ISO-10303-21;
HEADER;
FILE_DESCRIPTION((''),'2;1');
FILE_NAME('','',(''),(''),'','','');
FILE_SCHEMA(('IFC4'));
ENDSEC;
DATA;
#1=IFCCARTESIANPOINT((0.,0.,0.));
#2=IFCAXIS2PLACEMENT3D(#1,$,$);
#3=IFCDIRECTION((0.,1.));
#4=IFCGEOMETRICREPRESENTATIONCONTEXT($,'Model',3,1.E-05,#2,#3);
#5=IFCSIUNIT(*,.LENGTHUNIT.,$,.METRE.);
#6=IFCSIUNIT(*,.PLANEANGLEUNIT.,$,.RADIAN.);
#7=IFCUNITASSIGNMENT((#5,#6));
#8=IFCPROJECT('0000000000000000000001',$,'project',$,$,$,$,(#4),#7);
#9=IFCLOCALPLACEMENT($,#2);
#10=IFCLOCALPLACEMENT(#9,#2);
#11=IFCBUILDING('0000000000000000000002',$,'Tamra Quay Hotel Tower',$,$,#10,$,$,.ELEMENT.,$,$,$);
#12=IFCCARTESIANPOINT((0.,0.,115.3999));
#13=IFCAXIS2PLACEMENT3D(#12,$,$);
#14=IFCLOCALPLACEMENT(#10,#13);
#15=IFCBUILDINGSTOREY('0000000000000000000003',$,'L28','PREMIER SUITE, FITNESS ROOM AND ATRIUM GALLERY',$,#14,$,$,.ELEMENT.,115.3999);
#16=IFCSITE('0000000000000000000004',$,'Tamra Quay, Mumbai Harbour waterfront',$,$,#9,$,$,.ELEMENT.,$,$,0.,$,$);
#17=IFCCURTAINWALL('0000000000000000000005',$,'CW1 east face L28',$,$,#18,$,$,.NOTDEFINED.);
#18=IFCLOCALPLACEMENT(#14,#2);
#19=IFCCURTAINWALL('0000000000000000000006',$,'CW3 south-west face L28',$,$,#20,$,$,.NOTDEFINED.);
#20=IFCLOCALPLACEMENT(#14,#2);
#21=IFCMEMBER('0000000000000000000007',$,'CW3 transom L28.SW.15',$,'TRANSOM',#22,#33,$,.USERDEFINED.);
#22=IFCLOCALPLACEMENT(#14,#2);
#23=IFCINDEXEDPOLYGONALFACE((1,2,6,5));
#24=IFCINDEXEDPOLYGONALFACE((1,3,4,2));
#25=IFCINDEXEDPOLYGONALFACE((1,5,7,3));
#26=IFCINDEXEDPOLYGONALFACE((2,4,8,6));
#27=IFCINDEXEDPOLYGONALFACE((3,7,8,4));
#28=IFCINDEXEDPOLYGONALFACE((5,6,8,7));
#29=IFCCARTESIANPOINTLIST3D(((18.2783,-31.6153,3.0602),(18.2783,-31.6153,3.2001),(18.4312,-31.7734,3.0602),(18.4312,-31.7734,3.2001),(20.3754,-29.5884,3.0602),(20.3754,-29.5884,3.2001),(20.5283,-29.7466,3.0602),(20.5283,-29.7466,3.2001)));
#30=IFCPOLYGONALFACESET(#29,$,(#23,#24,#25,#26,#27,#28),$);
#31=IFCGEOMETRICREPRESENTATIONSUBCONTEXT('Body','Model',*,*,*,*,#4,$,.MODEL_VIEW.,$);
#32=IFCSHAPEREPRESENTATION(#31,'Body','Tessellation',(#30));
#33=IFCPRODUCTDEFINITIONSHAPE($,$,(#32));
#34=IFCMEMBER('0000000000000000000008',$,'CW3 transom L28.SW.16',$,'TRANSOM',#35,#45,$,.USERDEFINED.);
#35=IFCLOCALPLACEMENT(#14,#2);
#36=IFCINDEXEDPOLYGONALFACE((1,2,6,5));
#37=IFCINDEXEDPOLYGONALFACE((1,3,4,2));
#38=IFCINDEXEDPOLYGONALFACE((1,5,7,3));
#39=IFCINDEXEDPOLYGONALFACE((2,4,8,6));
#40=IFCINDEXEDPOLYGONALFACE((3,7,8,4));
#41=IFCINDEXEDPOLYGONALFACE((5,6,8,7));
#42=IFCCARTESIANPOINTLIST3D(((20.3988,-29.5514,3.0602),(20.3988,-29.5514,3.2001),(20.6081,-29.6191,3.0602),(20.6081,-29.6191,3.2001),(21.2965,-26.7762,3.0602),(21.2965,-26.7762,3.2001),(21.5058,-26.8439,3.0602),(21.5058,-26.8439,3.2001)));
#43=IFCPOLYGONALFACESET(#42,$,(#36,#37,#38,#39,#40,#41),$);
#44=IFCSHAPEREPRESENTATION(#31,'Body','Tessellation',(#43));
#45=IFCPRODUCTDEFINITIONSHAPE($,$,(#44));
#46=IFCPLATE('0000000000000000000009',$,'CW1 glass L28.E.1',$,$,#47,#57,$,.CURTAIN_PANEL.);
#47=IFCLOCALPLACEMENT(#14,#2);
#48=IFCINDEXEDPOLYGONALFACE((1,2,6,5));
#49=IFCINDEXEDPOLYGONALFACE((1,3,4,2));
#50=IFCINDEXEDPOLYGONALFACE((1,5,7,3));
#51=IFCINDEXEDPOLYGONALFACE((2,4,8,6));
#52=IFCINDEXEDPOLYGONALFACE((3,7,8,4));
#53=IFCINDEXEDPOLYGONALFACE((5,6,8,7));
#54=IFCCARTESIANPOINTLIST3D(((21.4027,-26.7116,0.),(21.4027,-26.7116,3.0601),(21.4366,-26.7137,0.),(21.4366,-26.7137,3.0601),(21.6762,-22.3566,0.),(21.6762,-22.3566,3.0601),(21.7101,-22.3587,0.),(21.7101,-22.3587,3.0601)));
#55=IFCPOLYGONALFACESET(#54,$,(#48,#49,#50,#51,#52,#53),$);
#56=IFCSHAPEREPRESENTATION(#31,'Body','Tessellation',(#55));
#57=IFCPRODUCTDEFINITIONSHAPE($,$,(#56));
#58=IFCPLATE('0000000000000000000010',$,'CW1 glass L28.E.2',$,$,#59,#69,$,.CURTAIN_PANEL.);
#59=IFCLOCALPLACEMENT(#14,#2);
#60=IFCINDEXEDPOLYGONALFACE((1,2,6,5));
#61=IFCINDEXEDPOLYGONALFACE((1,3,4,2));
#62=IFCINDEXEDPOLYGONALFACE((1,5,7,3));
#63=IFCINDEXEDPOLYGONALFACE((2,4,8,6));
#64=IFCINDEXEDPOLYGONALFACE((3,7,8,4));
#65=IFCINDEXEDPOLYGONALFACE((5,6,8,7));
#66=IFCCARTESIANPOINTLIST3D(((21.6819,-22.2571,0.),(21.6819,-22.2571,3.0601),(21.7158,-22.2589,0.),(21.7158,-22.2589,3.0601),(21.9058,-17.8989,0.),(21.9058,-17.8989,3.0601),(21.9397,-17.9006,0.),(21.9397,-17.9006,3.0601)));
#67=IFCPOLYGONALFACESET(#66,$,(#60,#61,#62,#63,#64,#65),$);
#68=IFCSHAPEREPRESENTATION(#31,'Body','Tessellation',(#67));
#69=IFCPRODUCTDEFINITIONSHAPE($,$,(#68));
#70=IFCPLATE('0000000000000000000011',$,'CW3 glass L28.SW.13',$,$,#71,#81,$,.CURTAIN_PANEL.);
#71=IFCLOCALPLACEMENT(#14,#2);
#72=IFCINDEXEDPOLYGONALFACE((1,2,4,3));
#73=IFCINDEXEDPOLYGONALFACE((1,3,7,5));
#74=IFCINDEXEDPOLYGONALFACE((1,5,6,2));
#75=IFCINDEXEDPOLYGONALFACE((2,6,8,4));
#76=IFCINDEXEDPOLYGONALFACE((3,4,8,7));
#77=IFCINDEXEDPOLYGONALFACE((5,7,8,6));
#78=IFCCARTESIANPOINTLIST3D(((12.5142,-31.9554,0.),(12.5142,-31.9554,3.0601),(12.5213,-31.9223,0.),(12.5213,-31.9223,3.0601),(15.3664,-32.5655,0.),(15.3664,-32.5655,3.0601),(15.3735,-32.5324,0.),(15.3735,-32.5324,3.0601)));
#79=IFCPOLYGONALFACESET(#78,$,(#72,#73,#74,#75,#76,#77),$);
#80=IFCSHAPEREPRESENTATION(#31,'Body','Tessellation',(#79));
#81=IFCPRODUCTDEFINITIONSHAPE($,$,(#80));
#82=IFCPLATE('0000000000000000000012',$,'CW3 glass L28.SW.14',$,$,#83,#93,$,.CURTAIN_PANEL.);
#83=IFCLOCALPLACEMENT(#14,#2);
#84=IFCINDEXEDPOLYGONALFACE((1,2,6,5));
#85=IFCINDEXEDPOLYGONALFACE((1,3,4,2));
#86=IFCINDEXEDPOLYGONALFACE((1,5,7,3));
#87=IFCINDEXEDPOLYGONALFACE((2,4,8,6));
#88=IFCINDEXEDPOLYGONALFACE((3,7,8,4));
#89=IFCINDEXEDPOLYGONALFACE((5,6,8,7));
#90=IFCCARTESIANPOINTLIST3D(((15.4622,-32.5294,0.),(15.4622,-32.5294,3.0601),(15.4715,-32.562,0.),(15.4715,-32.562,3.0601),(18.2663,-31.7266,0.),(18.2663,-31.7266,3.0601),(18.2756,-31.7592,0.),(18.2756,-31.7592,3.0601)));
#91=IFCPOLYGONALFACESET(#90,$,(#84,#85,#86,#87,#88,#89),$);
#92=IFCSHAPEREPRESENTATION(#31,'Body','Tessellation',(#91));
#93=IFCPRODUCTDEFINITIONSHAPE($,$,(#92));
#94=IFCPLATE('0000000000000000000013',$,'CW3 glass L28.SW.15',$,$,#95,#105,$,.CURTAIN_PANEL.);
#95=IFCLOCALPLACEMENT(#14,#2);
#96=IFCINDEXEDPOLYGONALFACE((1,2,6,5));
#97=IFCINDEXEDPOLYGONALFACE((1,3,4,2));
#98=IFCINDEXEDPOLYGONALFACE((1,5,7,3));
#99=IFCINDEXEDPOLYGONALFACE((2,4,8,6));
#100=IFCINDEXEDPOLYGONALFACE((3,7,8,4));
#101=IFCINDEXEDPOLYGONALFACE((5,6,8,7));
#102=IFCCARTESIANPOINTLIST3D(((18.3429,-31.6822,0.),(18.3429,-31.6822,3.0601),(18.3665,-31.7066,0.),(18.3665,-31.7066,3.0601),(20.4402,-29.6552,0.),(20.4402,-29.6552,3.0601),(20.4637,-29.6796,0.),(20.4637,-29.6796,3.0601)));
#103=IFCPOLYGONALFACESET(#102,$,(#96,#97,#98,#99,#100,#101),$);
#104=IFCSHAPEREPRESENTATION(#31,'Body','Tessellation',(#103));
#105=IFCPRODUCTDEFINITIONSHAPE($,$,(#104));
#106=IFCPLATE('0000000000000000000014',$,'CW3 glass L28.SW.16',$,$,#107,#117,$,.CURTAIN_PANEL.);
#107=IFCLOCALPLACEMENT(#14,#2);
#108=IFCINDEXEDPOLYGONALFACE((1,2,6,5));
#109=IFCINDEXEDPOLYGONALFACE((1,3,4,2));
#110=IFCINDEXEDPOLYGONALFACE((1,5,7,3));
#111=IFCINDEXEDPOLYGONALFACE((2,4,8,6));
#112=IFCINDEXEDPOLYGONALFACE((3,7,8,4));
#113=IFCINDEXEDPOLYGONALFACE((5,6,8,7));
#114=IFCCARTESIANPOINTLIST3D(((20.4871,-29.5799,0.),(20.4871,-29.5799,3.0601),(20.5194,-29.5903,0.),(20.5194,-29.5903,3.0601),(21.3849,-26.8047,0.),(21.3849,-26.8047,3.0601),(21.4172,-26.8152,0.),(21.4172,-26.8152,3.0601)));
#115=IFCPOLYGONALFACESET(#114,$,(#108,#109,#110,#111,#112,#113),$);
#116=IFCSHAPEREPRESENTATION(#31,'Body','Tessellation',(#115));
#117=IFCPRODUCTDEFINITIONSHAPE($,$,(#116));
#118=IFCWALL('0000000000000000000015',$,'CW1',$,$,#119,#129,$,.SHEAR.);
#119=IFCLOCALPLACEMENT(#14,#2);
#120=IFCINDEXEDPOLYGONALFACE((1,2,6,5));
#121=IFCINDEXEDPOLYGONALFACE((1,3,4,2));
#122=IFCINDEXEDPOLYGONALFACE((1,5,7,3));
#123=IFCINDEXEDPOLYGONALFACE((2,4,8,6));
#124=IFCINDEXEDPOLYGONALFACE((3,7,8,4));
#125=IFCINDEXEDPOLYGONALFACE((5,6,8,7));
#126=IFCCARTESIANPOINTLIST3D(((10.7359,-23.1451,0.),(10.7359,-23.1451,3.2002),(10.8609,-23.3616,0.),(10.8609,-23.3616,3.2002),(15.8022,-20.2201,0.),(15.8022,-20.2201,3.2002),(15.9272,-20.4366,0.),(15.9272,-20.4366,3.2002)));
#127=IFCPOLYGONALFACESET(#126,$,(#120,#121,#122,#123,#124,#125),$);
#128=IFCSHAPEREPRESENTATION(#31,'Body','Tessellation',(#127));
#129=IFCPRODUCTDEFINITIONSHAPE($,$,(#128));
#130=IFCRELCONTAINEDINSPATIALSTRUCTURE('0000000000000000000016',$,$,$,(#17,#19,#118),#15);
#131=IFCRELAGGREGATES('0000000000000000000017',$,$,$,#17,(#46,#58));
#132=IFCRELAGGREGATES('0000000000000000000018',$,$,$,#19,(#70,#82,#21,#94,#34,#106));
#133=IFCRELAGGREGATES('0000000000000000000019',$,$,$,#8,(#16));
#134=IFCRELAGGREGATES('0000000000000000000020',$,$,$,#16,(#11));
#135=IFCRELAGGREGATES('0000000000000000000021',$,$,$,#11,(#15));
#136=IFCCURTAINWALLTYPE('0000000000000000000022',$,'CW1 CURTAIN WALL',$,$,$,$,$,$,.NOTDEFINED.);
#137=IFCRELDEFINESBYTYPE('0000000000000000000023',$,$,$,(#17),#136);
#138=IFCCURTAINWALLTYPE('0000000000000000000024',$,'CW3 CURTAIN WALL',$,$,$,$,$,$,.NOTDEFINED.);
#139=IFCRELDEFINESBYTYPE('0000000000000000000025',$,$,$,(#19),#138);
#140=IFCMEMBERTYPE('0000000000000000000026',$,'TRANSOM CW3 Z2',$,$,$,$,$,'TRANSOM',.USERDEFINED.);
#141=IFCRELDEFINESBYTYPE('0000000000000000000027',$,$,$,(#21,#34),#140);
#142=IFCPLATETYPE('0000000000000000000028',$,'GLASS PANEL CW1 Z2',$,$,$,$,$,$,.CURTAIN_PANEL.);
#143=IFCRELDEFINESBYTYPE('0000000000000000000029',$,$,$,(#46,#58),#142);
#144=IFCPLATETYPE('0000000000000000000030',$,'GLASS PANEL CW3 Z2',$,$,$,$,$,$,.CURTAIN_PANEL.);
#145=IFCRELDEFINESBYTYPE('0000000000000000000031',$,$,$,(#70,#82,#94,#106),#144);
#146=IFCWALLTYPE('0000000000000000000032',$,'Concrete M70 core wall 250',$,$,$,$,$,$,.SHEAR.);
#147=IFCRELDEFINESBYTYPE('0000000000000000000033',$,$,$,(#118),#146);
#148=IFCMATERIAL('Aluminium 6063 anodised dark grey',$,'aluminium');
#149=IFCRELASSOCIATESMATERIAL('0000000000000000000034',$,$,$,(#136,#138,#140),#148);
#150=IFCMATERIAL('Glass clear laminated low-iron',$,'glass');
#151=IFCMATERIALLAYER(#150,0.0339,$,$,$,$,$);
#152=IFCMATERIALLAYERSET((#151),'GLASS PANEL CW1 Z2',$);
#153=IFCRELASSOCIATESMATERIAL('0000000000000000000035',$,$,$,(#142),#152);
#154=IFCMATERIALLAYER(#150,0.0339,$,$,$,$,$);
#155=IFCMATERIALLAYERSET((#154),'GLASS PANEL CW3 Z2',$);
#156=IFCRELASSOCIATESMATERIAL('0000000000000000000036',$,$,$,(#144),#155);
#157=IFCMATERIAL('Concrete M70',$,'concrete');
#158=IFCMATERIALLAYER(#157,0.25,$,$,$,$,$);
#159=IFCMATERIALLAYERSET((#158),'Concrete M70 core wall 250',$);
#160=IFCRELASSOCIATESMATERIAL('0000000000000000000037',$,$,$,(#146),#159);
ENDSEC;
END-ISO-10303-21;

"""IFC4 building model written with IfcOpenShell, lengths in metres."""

from ifc_helpers import new_model, si_unit, direction, frame, frame_2d, origin, origin_2d, place, context, subcontext, project, spatial, rectangle, extrude, material, layer, layer_set, material_profile, profile_set, type_object, element, aggregate, save


model = new_model("IFC4")

# Units and contexts
model_context = context("Model", 3, precision=1e-05, world=origin(), true_north=direction((0.0, 1.0)))
body_context = subcontext(model_context, "Body", "Model", "MODEL_VIEW")
ifc_project = project(units=[si_unit("LENGTHUNIT", "METRE"), si_unit("PLANEANGLEUNIT", "RADIAN")], contexts=[model_context])

# Site, building, storey
site_placement = place(None, origin())
site = spatial("IfcSite", under=ifc_project, at=site_placement, Name="Tamra Quay, Mumbai Harbour waterfront", CompositionType="ELEMENT", RefElevation=0.0)
building_placement = place(site_placement, origin())
building = spatial("IfcBuilding", under=site, at=building_placement, Name="Tamra Quay Hotel Tower", CompositionType="ELEMENT")
storey_placement = place(building_placement, frame((0.0, 0.0, 115.3999)))
storey = spatial("IfcBuildingStorey", under=building, at=storey_placement, Name="L28", Description="PREMIER SUITE, FITNESS ROOM AND ATRIUM GALLERY", CompositionType="ELEMENT", Elevation=115.3999)

# Shared definitions
ifc_material_1 = material(Name="Concrete M70", Category="concrete")

# Curtain wall
ifc_material_2 = material(Name="Aluminium 6063 anodised dark grey", Category="aluminium")
curtain_wall_type_1 = type_object("IfcCurtainWallType", Name="CW1 CURTAIN WALL", PredefinedType="NOTDEFINED", material=ifc_material_2)
curtain_wall_1_placement = place(storey_placement, origin())
curtain_wall_1 = element("IfcCurtainWall", 1, at=curtain_wall_1_placement, inside=storey, type_object=curtain_wall_type_1, Name="CW1 east face L28", PredefinedType="NOTDEFINED")

# Curtain wall
curtain_wall_type_2 = type_object("IfcCurtainWallType", Name="CW3 CURTAIN WALL", PredefinedType="NOTDEFINED", material=ifc_material_2)
curtain_wall_2_placement = place(storey_placement, origin())
curtain_wall_2 = element("IfcCurtainWall", 2, at=curtain_wall_2_placement, inside=storey, type_object=curtain_wall_type_2, Name="CW3 south-west face L28", PredefinedType="NOTDEFINED")

# Members
ifc_material_profile_1 = material_profile(ifc_material_2, rectangle(XDim=0.22, YDim=0.1399, at=origin_2d()), Name="TRANSOM 220X140")
ifc_profile_set_1 = profile_set([ifc_material_profile_1], Name="Aluminium 6063 anodised dark grey")
member_type_1 = type_object("IfcMemberType", Name="TRANSOM CW3 Z2", ElementType="TRANSOM", PredefinedType="USERDEFINED", material=ifc_profile_set_1)
member_1_placement = place(storey_placement, frame((18.3547, -31.6943, 3.1301), z_axis=(0.719058, 0.69495, 0.0), x_axis=(-0.69495, 0.719058, 0.0)))
member_1 = element("IfcMember", 3, at=member_1_placement, type_object=member_type_1, Name="CW3 transom L28.SW.15", ObjectType="TRANSOM", PredefinedType="USERDEFINED", context=body_context, shape_type="SweptSolid", body=[
    extrude(rectangle(XDim=0.22, YDim=0.1399, at=origin_2d()), origin(), (0.0, 0.0, 1.0), 2.9165),
])
member_2_placement = place(storey_placement, frame((20.5034, -29.5852, 3.1301), z_axis=(0.307778, 0.951458, 0.0), x_axis=(-0.951458, 0.307778, 0.0)))
member_2 = element("IfcMember", 4, at=member_2_placement, type_object=member_type_1, Name="CW3 transom L28.SW.16", ObjectType="TRANSOM", PredefinedType="USERDEFINED", context=body_context, shape_type="SweptSolid", body=[
    extrude(rectangle(XDim=0.22, YDim=0.1399, at=origin_2d()), origin(), (0.0, 0.0, 1.0), 2.9167),
])

# Plates
ifc_material_3 = material(Name="Glass clear laminated low-iron", Category="glass")
ifc_layer_1 = layer(ifc_material_3, 0.0339)
ifc_layer_set_1 = layer_set([ifc_layer_1], Name="GLASS PANEL CW1 Z2")
plate_type_1 = type_object("IfcPlateType", Name="GLASS PANEL CW1 Z2", PredefinedType="CURTAIN_PANEL", material=ifc_layer_set_1)
plate_1_placement = place(storey_placement, frame((21.5564, -24.5352, 0.0), z_axis=(0.0, 0.0, 1.0), x_axis=(0.06267, 0.998034, 0.0)))
plate_1 = element("IfcPlate", 5, at=plate_1_placement, type_object=plate_type_1, Name="CW1 glass L28.E.1", PredefinedType="CURTAIN_PANEL", context=body_context, shape_type="SweptSolid", body=[
    extrude(rectangle(XDim=4.3635, YDim=0.0339, at=origin_2d()), origin(), (0.0, 0.0, 1.0), 3.0601),
])
plate_2_placement = place(storey_placement, frame((21.8108, -20.0789, 0.0), z_axis=(0.0, 0.0, 1.0), x_axis=(0.051321, 0.998682, 0.0)))
plate_2 = element("IfcPlate", 6, at=plate_2_placement, type_object=plate_type_1, Name="CW1 glass L28.E.2", PredefinedType="CURTAIN_PANEL", context=body_context, shape_type="SweptSolid", body=[
    extrude(rectangle(XDim=4.364, YDim=0.0339, at=origin_2d()), origin(), (0.0, 0.0, 1.0), 3.0601),
])
aggregate(curtain_wall_1, [plate_1, plate_2])
ifc_layer_2 = layer(ifc_material_3, 0.0339)
ifc_layer_set_2 = layer_set([ifc_layer_2], Name="GLASS PANEL CW3 Z2")
plate_type_2 = type_object("IfcPlateType", Name="GLASS PANEL CW3 Z2", PredefinedType="CURTAIN_PANEL", material=ifc_layer_set_2)
plate_3_placement = place(storey_placement, frame((13.9438, -32.2439, 0.0), z_axis=(0.0, 0.0, 1.0), x_axis=(0.977879, -0.209172, 0.0)))
plate_3 = element("IfcPlate", 7, at=plate_3_placement, type_object=plate_type_2, Name="CW3 glass L28.SW.13", PredefinedType="CURTAIN_PANEL", context=body_context, shape_type="SweptSolid", body=[
    extrude(rectangle(XDim=2.9167, YDim=0.0339, at=origin_2d()), origin(), (0.0, 0.0, 1.0), 3.0601),
])
plate_4_placement = place(storey_placement, frame((16.8689, -32.1443, 0.0), z_axis=(0.0, 0.0, 1.0), x_axis=(0.96138, 0.275224, 0.0)))
plate_4 = element("IfcPlate", 8, at=plate_4_placement, type_object=plate_type_2, Name="CW3 glass L28.SW.14", PredefinedType="CURTAIN_PANEL", context=body_context, shape_type="SweptSolid", body=[
    extrude(rectangle(XDim=2.9167, YDim=0.0339, at=origin_2d()), origin(), (0.0, 0.0, 1.0), 3.0601),
])
plate_5_placement = place(storey_placement, frame((19.4033, -30.6809, 0.0), z_axis=(0.0, 0.0, 1.0), x_axis=(0.719041, 0.694967, 0.0)))
plate_5 = element("IfcPlate", 9, at=plate_5_placement, type_object=plate_type_2, Name="CW3 glass L28.SW.15", PredefinedType="CURTAIN_PANEL", context=body_context, shape_type="SweptSolid", body=[
    extrude(rectangle(XDim=2.9167, YDim=0.0339, at=origin_2d()), origin(), (0.0, 0.0, 1.0), 3.0601),
])
plate_6_placement = place(storey_placement, frame((20.9521, -28.1975, 0.0), z_axis=(0.0, 0.0, 1.0), x_axis=(0.307791, 0.951454, 0.0)))
plate_6 = element("IfcPlate", 10, at=plate_6_placement, type_object=plate_type_2, Name="CW3 glass L28.SW.16", PredefinedType="CURTAIN_PANEL", context=body_context, shape_type="SweptSolid", body=[
    extrude(rectangle(XDim=2.9167, YDim=0.0339, at=origin_2d()), origin(), (0.0, 0.0, 1.0), 3.0601),
])
aggregate(curtain_wall_2, [plate_3, plate_4, member_1, plate_5, member_2, plate_6])

# Wall
ifc_layer_3 = layer(ifc_material_1, 0.25)
ifc_layer_set_3 = layer_set([ifc_layer_3], Name="Concrete M70 core wall 250")
wall_type = type_object("IfcWallType", Name="Concrete M70 core wall 250", PredefinedType="SHEAR", material=ifc_layer_set_3)
wall_placement = place(storey_placement, frame((15.8647, -20.3284, 0.0), z_axis=(0.0, 0.0, 1.0), x_axis=(-0.866029, -0.499995, 0.0)))
element("IfcWall", 11, at=wall_placement, inside=storey, type_object=wall_type, Name="CW1", PredefinedType="SHEAR", context=body_context, shape_type="SweptSolid", body=[
    extrude(rectangle(XDim=5.8501, YDim=0.25, at=frame_2d((2.925, 0.0))), origin(), (0.0, 0.0, 1.0), 3.2002),
])

save(model, "model.ifc")
